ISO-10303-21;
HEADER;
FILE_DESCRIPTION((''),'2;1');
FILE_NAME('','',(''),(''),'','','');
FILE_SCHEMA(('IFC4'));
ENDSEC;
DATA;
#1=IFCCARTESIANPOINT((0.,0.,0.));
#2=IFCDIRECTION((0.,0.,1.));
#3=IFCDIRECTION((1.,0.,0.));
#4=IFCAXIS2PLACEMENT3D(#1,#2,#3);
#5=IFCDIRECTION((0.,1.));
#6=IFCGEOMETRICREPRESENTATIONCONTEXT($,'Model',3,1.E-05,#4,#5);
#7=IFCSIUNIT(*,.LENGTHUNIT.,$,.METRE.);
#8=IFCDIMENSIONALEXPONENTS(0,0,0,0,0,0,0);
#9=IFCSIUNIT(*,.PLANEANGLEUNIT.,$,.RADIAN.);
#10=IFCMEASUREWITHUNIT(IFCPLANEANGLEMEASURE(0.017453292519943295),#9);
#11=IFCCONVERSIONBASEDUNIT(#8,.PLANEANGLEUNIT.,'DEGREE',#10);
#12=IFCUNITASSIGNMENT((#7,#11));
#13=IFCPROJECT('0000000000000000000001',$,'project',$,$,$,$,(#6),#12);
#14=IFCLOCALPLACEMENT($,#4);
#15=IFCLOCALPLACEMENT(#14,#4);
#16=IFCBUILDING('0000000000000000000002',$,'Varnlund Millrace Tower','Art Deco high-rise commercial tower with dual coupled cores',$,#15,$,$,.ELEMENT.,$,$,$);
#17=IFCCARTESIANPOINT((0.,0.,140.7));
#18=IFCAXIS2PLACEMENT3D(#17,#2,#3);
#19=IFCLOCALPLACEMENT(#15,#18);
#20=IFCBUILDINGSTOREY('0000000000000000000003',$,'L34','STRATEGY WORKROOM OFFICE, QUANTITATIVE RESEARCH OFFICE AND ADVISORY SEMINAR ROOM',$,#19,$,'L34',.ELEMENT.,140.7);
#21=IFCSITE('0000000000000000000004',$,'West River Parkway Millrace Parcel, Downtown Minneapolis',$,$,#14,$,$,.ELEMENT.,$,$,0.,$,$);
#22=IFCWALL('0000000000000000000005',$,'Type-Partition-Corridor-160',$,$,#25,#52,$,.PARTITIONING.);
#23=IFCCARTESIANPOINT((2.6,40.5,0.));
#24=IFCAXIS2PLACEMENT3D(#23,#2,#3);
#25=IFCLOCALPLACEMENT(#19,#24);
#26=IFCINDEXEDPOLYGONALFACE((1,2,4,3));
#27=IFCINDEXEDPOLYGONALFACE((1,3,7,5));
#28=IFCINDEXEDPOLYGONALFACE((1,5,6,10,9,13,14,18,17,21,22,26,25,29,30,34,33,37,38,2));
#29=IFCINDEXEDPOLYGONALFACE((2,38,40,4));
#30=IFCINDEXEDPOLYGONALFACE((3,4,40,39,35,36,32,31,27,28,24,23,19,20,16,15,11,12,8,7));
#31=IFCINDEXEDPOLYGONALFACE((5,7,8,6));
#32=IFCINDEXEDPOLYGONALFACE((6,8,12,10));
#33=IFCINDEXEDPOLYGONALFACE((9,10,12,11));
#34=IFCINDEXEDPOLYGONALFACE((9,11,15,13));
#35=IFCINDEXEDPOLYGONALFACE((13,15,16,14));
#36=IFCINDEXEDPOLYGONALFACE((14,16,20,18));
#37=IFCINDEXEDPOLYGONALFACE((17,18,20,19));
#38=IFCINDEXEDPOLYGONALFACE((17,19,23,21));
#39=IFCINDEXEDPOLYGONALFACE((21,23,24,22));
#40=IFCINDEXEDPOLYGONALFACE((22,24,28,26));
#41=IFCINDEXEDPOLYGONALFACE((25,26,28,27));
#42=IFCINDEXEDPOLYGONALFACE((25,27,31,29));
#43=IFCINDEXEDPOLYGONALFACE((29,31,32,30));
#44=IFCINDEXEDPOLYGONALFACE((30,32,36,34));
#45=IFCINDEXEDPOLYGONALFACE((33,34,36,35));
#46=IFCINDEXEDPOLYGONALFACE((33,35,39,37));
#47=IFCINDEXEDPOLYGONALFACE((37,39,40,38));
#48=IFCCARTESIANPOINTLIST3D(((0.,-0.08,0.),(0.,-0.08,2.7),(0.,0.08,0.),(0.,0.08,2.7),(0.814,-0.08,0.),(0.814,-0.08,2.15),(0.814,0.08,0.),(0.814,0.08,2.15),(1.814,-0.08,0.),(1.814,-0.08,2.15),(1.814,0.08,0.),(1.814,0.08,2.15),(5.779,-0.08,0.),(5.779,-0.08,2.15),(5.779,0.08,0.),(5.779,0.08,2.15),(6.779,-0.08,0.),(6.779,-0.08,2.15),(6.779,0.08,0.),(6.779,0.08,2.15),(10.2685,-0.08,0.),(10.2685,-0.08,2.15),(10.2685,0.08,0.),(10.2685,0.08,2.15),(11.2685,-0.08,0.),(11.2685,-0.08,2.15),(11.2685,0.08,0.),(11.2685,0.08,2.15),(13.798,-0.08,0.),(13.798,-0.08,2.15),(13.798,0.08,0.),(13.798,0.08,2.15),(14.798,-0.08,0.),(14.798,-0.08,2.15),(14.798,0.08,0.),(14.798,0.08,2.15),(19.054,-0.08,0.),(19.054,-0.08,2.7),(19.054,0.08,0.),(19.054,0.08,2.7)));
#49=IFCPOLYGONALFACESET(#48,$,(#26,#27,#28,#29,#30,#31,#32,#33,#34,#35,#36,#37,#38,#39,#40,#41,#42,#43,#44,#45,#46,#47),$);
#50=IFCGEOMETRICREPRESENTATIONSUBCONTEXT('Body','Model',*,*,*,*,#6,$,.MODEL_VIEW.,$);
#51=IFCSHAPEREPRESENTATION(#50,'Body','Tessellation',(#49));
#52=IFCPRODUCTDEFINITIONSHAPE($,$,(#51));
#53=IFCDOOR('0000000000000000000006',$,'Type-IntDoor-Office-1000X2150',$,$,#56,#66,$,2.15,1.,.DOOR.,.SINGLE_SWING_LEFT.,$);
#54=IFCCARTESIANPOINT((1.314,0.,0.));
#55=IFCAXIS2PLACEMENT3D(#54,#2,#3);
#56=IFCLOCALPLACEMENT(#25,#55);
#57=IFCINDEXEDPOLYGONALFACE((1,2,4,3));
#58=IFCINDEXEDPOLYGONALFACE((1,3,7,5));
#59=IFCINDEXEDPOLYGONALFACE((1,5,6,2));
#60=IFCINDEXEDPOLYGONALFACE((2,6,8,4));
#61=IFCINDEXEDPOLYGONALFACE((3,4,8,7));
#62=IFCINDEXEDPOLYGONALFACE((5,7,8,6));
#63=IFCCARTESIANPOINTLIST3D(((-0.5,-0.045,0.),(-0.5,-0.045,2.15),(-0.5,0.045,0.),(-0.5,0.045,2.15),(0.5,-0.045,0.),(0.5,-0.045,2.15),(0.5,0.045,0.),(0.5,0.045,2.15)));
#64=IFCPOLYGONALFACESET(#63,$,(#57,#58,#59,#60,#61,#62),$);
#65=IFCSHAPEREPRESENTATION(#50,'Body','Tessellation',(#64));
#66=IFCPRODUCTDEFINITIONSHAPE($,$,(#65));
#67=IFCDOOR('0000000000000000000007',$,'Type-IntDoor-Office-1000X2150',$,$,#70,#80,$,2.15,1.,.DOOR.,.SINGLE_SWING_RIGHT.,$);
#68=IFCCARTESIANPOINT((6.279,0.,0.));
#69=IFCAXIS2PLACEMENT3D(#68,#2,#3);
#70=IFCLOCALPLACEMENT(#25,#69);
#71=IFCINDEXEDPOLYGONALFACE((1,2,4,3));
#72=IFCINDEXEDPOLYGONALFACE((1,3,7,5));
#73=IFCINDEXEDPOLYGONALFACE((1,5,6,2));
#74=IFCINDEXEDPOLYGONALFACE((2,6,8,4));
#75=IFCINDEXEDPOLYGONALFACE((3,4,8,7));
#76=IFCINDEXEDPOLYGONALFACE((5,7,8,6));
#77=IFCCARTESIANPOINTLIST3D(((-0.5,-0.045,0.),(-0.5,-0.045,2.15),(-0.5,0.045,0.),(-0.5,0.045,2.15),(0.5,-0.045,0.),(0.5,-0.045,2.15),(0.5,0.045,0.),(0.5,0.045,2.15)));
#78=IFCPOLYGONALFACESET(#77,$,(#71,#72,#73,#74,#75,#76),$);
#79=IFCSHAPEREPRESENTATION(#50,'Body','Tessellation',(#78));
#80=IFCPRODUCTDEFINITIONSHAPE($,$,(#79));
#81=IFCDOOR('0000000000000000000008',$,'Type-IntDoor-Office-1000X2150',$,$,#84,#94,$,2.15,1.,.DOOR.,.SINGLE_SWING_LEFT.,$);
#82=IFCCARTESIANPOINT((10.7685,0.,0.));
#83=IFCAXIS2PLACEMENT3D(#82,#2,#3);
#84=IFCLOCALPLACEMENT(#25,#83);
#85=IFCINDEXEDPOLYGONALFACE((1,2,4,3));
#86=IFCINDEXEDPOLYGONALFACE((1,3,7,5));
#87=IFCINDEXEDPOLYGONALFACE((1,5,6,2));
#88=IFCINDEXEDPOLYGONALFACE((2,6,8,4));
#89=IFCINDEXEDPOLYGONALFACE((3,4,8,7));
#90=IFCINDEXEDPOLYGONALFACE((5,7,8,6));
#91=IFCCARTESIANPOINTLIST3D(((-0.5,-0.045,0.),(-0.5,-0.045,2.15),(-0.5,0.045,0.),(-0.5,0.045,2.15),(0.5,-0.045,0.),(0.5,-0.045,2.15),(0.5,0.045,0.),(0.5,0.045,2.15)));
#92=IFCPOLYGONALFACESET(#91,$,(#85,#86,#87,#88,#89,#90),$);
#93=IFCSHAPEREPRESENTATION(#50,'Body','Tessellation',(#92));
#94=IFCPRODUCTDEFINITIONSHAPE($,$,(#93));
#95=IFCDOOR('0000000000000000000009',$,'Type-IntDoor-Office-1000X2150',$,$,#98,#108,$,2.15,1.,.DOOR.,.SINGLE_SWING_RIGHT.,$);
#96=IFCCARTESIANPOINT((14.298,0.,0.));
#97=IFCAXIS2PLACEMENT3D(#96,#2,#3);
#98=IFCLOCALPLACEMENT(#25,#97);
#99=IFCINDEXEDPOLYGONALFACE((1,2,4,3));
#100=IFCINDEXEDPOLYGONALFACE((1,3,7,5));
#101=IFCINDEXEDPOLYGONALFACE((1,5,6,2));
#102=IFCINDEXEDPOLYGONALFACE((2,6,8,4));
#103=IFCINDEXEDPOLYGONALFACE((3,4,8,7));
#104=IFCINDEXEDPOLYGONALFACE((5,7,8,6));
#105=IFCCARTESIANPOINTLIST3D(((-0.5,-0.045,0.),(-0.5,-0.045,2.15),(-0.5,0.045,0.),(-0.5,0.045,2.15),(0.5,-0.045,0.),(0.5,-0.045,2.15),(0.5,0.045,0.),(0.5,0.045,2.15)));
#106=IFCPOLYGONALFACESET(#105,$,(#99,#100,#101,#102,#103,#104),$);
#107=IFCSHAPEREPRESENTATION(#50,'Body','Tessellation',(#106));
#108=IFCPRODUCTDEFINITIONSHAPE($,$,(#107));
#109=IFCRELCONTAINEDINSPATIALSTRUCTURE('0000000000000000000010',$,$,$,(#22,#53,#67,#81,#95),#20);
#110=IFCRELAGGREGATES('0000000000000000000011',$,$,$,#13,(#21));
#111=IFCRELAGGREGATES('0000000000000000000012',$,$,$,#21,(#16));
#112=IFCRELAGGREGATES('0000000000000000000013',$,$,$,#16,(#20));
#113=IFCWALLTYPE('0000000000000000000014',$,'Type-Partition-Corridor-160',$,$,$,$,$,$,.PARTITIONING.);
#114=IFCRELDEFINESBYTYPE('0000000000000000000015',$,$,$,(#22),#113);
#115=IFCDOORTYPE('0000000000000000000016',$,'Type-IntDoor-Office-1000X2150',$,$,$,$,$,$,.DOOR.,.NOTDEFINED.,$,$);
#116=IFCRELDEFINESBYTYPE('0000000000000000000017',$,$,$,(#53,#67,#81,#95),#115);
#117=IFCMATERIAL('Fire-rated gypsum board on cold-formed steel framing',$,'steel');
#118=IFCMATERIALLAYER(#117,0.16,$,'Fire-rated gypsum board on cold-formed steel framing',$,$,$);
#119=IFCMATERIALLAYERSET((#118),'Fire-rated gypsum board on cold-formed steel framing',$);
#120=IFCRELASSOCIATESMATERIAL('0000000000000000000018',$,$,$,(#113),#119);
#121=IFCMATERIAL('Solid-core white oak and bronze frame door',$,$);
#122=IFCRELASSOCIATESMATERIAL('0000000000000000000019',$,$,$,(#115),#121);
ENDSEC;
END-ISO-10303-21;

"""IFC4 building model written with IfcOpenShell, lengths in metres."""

from ifc_helpers import new_model, entity, si_unit, converted_unit, direction, frame, origin_with_axes, origin_2d_with_axis, place, context, subcontext, project, spatial, polyline, rectangle, outline, extrude, material, layer, layer_set, type_object, element, fill, save


model = new_model("IFC4")

# Units and contexts
model_context = context("Model", 3, precision=1e-05, world=origin_with_axes(), true_north=direction((0.0, 1.0)))
body_context = subcontext(model_context, "Body", "Model", "MODEL_VIEW")
ifc_project = project(units=[si_unit("LENGTHUNIT", "METRE"), converted_unit("PLANEANGLEUNIT", "DEGREE", entity("IfcPlaneAngleMeasure", 0.017453292519943295), si_unit("PLANEANGLEUNIT", "RADIAN"), dimensions=[0, 0, 0, 0, 0, 0, 0])], contexts=[model_context])

# Site, building, storey
site_placement = place(None, origin_with_axes())
site = spatial("IfcSite", under=ifc_project, at=site_placement, Name="West River Parkway Millrace Parcel, Downtown Minneapolis", CompositionType="ELEMENT", RefElevation=0.0)
building_placement = place(site_placement, origin_with_axes())
building = spatial("IfcBuilding", under=site, at=building_placement, Name="Varnlund Millrace Tower", Description="Art Deco high-rise commercial tower with dual coupled cores", CompositionType="ELEMENT")
storey_placement = place(building_placement, frame((0.0, 0.0, 140.7), z_axis=(0.0, 0.0, 1.0), x_axis=(1.0, 0.0, 0.0)))
storey = spatial("IfcBuildingStorey", under=building, at=storey_placement, Name="L34", Description="STRATEGY WORKROOM OFFICE, QUANTITATIVE RESEARCH OFFICE AND ADVISORY SEMINAR ROOM", LongName="L34", CompositionType="ELEMENT", Elevation=140.7)

# Wall, openings, doors
ifc_material_1 = material(Name="Fire-rated gypsum board on cold-formed steel framing", Category="steel")
ifc_layer_1 = layer(ifc_material_1, 0.16, Name="Fire-rated gypsum board on cold-formed steel framing")
ifc_layer_set_1 = layer_set([ifc_layer_1], Name="Fire-rated gypsum board on cold-formed steel framing")
wall_type_1 = type_object("IfcWallType", Name="Type-Partition-Corridor-160", PredefinedType="PARTITIONING", material=ifc_layer_set_1)
wall_1_placement = place(storey_placement, frame((2.6, 40.5, 0.0), z_axis=(0.0, 0.0, 1.0), x_axis=(1.0, 0.0, 0.0)))
wall_1 = element("IfcWall", 1, at=wall_1_placement, inside=storey, type_object=wall_type_1, Name="Type-Partition-Corridor-160", PredefinedType="PARTITIONING", context=body_context, shape_type="SweptSolid", body=[
    extrude(outline(polyline([(0.0, -0.08), (19.054, -0.08), (19.054, 0.08), (0.0, 0.08), (0.0, -0.08)])), origin_with_axes(), (0.0, 0.0, 1.0), 2.7),
])
opening_1_placement = place(wall_1_placement, frame((1.314, 0.0, 0.0), z_axis=(0.0, 0.0, 1.0), x_axis=(1.0, 0.0, 0.0)))
opening_1 = element("IfcOpeningElement", 2, at=opening_1_placement, cuts=wall_1, PredefinedType="OPENING", context=body_context, shape_type="SweptSolid", body=[
    extrude(rectangle(XDim=1.0, YDim=0.18, at=origin_2d_with_axis()), origin_with_axes(), (0.0, 0.0, 1.0), 2.15),
])
opening_2_placement = place(wall_1_placement, frame((6.279, 0.0, 0.0), z_axis=(0.0, 0.0, 1.0), x_axis=(1.0, 0.0, 0.0)))
opening_2 = element("IfcOpeningElement", 3, at=opening_2_placement, cuts=wall_1, PredefinedType="OPENING", context=body_context, shape_type="SweptSolid", body=[
    extrude(rectangle(XDim=1.0, YDim=0.18, at=origin_2d_with_axis()), origin_with_axes(), (0.0, 0.0, 1.0), 2.15),
])
opening_3_placement = place(wall_1_placement, frame((10.7685, 0.0, 0.0), z_axis=(0.0, 0.0, 1.0), x_axis=(1.0, 0.0, 0.0)))
opening_3 = element("IfcOpeningElement", 4, at=opening_3_placement, cuts=wall_1, PredefinedType="OPENING", context=body_context, shape_type="SweptSolid", body=[
    extrude(rectangle(XDim=1.0, YDim=0.18, at=origin_2d_with_axis()), origin_with_axes(), (0.0, 0.0, 1.0), 2.15),
])
opening_4_placement = place(wall_1_placement, frame((14.298, 0.0, 0.0), z_axis=(0.0, 0.0, 1.0), x_axis=(1.0, 0.0, 0.0)))
opening_4 = element("IfcOpeningElement", 5, at=opening_4_placement, cuts=wall_1, PredefinedType="OPENING", context=body_context, shape_type="SweptSolid", body=[
    extrude(rectangle(XDim=1.0, YDim=0.18, at=origin_2d_with_axis()), origin_with_axes(), (0.0, 0.0, 1.0), 2.15),
])
ifc_material_2 = material(Name="Solid-core white oak and bronze frame door")
door_type = type_object("IfcDoorType", Name="Type-IntDoor-Office-1000X2150", OperationType="NOTDEFINED", PredefinedType="DOOR", material=ifc_material_2)
door_1_placement = place(wall_1_placement, frame((1.314, 0.0, 0.0), z_axis=(0.0, 0.0, 1.0), x_axis=(1.0, 0.0, 0.0)))
door_1 = element("IfcDoor", 6, at=door_1_placement, inside=storey, type_object=door_type, Name="Type-IntDoor-Office-1000X2150", OperationType="SINGLE_SWING_LEFT", OverallHeight=2.15, OverallWidth=1.0, PredefinedType="DOOR", context=body_context, shape_type="SweptSolid", body=[
    extrude(rectangle(XDim=1.0, YDim=0.09, at=origin_2d_with_axis()), origin_with_axes(), (0.0, 0.0, 1.0), 2.15),
])
fill(opening_1, door_1)
door_2_placement = place(wall_1_placement, frame((6.279, 0.0, 0.0), z_axis=(0.0, 0.0, 1.0), x_axis=(1.0, 0.0, 0.0)))
door_2 = element("IfcDoor", 7, at=door_2_placement, inside=storey, type_object=door_type, Name="Type-IntDoor-Office-1000X2150", OperationType="SINGLE_SWING_RIGHT", OverallHeight=2.15, OverallWidth=1.0, PredefinedType="DOOR", context=body_context, shape_type="SweptSolid", body=[
    extrude(rectangle(XDim=1.0, YDim=0.09, at=origin_2d_with_axis()), origin_with_axes(), (0.0, 0.0, 1.0), 2.15),
])
fill(opening_2, door_2)
door_3_placement = place(wall_1_placement, frame((10.7685, 0.0, 0.0), z_axis=(0.0, 0.0, 1.0), x_axis=(1.0, 0.0, 0.0)))
door_3 = element("IfcDoor", 8, at=door_3_placement, inside=storey, type_object=door_type, Name="Type-IntDoor-Office-1000X2150", OperationType="SINGLE_SWING_LEFT", OverallHeight=2.15, OverallWidth=1.0, PredefinedType="DOOR", context=body_context, shape_type="SweptSolid", body=[
    extrude(rectangle(XDim=1.0, YDim=0.09, at=origin_2d_with_axis()), origin_with_axes(), (0.0, 0.0, 1.0), 2.15),
])
fill(opening_3, door_3)
door_4_placement = place(wall_1_placement, frame((14.298, 0.0, 0.0), z_axis=(0.0, 0.0, 1.0), x_axis=(1.0, 0.0, 0.0)))
door_4 = element("IfcDoor", 9, at=door_4_placement, inside=storey, type_object=door_type, Name="Type-IntDoor-Office-1000X2150", OperationType="SINGLE_SWING_RIGHT", OverallHeight=2.15, OverallWidth=1.0, PredefinedType="DOOR", context=body_context, shape_type="SweptSolid", body=[
    extrude(rectangle(XDim=1.0, YDim=0.09, at=origin_2d_with_axis()), origin_with_axes(), (0.0, 0.0, 1.0), 2.15),
])
fill(opening_4, door_4)

save(model, "model.ifc")
